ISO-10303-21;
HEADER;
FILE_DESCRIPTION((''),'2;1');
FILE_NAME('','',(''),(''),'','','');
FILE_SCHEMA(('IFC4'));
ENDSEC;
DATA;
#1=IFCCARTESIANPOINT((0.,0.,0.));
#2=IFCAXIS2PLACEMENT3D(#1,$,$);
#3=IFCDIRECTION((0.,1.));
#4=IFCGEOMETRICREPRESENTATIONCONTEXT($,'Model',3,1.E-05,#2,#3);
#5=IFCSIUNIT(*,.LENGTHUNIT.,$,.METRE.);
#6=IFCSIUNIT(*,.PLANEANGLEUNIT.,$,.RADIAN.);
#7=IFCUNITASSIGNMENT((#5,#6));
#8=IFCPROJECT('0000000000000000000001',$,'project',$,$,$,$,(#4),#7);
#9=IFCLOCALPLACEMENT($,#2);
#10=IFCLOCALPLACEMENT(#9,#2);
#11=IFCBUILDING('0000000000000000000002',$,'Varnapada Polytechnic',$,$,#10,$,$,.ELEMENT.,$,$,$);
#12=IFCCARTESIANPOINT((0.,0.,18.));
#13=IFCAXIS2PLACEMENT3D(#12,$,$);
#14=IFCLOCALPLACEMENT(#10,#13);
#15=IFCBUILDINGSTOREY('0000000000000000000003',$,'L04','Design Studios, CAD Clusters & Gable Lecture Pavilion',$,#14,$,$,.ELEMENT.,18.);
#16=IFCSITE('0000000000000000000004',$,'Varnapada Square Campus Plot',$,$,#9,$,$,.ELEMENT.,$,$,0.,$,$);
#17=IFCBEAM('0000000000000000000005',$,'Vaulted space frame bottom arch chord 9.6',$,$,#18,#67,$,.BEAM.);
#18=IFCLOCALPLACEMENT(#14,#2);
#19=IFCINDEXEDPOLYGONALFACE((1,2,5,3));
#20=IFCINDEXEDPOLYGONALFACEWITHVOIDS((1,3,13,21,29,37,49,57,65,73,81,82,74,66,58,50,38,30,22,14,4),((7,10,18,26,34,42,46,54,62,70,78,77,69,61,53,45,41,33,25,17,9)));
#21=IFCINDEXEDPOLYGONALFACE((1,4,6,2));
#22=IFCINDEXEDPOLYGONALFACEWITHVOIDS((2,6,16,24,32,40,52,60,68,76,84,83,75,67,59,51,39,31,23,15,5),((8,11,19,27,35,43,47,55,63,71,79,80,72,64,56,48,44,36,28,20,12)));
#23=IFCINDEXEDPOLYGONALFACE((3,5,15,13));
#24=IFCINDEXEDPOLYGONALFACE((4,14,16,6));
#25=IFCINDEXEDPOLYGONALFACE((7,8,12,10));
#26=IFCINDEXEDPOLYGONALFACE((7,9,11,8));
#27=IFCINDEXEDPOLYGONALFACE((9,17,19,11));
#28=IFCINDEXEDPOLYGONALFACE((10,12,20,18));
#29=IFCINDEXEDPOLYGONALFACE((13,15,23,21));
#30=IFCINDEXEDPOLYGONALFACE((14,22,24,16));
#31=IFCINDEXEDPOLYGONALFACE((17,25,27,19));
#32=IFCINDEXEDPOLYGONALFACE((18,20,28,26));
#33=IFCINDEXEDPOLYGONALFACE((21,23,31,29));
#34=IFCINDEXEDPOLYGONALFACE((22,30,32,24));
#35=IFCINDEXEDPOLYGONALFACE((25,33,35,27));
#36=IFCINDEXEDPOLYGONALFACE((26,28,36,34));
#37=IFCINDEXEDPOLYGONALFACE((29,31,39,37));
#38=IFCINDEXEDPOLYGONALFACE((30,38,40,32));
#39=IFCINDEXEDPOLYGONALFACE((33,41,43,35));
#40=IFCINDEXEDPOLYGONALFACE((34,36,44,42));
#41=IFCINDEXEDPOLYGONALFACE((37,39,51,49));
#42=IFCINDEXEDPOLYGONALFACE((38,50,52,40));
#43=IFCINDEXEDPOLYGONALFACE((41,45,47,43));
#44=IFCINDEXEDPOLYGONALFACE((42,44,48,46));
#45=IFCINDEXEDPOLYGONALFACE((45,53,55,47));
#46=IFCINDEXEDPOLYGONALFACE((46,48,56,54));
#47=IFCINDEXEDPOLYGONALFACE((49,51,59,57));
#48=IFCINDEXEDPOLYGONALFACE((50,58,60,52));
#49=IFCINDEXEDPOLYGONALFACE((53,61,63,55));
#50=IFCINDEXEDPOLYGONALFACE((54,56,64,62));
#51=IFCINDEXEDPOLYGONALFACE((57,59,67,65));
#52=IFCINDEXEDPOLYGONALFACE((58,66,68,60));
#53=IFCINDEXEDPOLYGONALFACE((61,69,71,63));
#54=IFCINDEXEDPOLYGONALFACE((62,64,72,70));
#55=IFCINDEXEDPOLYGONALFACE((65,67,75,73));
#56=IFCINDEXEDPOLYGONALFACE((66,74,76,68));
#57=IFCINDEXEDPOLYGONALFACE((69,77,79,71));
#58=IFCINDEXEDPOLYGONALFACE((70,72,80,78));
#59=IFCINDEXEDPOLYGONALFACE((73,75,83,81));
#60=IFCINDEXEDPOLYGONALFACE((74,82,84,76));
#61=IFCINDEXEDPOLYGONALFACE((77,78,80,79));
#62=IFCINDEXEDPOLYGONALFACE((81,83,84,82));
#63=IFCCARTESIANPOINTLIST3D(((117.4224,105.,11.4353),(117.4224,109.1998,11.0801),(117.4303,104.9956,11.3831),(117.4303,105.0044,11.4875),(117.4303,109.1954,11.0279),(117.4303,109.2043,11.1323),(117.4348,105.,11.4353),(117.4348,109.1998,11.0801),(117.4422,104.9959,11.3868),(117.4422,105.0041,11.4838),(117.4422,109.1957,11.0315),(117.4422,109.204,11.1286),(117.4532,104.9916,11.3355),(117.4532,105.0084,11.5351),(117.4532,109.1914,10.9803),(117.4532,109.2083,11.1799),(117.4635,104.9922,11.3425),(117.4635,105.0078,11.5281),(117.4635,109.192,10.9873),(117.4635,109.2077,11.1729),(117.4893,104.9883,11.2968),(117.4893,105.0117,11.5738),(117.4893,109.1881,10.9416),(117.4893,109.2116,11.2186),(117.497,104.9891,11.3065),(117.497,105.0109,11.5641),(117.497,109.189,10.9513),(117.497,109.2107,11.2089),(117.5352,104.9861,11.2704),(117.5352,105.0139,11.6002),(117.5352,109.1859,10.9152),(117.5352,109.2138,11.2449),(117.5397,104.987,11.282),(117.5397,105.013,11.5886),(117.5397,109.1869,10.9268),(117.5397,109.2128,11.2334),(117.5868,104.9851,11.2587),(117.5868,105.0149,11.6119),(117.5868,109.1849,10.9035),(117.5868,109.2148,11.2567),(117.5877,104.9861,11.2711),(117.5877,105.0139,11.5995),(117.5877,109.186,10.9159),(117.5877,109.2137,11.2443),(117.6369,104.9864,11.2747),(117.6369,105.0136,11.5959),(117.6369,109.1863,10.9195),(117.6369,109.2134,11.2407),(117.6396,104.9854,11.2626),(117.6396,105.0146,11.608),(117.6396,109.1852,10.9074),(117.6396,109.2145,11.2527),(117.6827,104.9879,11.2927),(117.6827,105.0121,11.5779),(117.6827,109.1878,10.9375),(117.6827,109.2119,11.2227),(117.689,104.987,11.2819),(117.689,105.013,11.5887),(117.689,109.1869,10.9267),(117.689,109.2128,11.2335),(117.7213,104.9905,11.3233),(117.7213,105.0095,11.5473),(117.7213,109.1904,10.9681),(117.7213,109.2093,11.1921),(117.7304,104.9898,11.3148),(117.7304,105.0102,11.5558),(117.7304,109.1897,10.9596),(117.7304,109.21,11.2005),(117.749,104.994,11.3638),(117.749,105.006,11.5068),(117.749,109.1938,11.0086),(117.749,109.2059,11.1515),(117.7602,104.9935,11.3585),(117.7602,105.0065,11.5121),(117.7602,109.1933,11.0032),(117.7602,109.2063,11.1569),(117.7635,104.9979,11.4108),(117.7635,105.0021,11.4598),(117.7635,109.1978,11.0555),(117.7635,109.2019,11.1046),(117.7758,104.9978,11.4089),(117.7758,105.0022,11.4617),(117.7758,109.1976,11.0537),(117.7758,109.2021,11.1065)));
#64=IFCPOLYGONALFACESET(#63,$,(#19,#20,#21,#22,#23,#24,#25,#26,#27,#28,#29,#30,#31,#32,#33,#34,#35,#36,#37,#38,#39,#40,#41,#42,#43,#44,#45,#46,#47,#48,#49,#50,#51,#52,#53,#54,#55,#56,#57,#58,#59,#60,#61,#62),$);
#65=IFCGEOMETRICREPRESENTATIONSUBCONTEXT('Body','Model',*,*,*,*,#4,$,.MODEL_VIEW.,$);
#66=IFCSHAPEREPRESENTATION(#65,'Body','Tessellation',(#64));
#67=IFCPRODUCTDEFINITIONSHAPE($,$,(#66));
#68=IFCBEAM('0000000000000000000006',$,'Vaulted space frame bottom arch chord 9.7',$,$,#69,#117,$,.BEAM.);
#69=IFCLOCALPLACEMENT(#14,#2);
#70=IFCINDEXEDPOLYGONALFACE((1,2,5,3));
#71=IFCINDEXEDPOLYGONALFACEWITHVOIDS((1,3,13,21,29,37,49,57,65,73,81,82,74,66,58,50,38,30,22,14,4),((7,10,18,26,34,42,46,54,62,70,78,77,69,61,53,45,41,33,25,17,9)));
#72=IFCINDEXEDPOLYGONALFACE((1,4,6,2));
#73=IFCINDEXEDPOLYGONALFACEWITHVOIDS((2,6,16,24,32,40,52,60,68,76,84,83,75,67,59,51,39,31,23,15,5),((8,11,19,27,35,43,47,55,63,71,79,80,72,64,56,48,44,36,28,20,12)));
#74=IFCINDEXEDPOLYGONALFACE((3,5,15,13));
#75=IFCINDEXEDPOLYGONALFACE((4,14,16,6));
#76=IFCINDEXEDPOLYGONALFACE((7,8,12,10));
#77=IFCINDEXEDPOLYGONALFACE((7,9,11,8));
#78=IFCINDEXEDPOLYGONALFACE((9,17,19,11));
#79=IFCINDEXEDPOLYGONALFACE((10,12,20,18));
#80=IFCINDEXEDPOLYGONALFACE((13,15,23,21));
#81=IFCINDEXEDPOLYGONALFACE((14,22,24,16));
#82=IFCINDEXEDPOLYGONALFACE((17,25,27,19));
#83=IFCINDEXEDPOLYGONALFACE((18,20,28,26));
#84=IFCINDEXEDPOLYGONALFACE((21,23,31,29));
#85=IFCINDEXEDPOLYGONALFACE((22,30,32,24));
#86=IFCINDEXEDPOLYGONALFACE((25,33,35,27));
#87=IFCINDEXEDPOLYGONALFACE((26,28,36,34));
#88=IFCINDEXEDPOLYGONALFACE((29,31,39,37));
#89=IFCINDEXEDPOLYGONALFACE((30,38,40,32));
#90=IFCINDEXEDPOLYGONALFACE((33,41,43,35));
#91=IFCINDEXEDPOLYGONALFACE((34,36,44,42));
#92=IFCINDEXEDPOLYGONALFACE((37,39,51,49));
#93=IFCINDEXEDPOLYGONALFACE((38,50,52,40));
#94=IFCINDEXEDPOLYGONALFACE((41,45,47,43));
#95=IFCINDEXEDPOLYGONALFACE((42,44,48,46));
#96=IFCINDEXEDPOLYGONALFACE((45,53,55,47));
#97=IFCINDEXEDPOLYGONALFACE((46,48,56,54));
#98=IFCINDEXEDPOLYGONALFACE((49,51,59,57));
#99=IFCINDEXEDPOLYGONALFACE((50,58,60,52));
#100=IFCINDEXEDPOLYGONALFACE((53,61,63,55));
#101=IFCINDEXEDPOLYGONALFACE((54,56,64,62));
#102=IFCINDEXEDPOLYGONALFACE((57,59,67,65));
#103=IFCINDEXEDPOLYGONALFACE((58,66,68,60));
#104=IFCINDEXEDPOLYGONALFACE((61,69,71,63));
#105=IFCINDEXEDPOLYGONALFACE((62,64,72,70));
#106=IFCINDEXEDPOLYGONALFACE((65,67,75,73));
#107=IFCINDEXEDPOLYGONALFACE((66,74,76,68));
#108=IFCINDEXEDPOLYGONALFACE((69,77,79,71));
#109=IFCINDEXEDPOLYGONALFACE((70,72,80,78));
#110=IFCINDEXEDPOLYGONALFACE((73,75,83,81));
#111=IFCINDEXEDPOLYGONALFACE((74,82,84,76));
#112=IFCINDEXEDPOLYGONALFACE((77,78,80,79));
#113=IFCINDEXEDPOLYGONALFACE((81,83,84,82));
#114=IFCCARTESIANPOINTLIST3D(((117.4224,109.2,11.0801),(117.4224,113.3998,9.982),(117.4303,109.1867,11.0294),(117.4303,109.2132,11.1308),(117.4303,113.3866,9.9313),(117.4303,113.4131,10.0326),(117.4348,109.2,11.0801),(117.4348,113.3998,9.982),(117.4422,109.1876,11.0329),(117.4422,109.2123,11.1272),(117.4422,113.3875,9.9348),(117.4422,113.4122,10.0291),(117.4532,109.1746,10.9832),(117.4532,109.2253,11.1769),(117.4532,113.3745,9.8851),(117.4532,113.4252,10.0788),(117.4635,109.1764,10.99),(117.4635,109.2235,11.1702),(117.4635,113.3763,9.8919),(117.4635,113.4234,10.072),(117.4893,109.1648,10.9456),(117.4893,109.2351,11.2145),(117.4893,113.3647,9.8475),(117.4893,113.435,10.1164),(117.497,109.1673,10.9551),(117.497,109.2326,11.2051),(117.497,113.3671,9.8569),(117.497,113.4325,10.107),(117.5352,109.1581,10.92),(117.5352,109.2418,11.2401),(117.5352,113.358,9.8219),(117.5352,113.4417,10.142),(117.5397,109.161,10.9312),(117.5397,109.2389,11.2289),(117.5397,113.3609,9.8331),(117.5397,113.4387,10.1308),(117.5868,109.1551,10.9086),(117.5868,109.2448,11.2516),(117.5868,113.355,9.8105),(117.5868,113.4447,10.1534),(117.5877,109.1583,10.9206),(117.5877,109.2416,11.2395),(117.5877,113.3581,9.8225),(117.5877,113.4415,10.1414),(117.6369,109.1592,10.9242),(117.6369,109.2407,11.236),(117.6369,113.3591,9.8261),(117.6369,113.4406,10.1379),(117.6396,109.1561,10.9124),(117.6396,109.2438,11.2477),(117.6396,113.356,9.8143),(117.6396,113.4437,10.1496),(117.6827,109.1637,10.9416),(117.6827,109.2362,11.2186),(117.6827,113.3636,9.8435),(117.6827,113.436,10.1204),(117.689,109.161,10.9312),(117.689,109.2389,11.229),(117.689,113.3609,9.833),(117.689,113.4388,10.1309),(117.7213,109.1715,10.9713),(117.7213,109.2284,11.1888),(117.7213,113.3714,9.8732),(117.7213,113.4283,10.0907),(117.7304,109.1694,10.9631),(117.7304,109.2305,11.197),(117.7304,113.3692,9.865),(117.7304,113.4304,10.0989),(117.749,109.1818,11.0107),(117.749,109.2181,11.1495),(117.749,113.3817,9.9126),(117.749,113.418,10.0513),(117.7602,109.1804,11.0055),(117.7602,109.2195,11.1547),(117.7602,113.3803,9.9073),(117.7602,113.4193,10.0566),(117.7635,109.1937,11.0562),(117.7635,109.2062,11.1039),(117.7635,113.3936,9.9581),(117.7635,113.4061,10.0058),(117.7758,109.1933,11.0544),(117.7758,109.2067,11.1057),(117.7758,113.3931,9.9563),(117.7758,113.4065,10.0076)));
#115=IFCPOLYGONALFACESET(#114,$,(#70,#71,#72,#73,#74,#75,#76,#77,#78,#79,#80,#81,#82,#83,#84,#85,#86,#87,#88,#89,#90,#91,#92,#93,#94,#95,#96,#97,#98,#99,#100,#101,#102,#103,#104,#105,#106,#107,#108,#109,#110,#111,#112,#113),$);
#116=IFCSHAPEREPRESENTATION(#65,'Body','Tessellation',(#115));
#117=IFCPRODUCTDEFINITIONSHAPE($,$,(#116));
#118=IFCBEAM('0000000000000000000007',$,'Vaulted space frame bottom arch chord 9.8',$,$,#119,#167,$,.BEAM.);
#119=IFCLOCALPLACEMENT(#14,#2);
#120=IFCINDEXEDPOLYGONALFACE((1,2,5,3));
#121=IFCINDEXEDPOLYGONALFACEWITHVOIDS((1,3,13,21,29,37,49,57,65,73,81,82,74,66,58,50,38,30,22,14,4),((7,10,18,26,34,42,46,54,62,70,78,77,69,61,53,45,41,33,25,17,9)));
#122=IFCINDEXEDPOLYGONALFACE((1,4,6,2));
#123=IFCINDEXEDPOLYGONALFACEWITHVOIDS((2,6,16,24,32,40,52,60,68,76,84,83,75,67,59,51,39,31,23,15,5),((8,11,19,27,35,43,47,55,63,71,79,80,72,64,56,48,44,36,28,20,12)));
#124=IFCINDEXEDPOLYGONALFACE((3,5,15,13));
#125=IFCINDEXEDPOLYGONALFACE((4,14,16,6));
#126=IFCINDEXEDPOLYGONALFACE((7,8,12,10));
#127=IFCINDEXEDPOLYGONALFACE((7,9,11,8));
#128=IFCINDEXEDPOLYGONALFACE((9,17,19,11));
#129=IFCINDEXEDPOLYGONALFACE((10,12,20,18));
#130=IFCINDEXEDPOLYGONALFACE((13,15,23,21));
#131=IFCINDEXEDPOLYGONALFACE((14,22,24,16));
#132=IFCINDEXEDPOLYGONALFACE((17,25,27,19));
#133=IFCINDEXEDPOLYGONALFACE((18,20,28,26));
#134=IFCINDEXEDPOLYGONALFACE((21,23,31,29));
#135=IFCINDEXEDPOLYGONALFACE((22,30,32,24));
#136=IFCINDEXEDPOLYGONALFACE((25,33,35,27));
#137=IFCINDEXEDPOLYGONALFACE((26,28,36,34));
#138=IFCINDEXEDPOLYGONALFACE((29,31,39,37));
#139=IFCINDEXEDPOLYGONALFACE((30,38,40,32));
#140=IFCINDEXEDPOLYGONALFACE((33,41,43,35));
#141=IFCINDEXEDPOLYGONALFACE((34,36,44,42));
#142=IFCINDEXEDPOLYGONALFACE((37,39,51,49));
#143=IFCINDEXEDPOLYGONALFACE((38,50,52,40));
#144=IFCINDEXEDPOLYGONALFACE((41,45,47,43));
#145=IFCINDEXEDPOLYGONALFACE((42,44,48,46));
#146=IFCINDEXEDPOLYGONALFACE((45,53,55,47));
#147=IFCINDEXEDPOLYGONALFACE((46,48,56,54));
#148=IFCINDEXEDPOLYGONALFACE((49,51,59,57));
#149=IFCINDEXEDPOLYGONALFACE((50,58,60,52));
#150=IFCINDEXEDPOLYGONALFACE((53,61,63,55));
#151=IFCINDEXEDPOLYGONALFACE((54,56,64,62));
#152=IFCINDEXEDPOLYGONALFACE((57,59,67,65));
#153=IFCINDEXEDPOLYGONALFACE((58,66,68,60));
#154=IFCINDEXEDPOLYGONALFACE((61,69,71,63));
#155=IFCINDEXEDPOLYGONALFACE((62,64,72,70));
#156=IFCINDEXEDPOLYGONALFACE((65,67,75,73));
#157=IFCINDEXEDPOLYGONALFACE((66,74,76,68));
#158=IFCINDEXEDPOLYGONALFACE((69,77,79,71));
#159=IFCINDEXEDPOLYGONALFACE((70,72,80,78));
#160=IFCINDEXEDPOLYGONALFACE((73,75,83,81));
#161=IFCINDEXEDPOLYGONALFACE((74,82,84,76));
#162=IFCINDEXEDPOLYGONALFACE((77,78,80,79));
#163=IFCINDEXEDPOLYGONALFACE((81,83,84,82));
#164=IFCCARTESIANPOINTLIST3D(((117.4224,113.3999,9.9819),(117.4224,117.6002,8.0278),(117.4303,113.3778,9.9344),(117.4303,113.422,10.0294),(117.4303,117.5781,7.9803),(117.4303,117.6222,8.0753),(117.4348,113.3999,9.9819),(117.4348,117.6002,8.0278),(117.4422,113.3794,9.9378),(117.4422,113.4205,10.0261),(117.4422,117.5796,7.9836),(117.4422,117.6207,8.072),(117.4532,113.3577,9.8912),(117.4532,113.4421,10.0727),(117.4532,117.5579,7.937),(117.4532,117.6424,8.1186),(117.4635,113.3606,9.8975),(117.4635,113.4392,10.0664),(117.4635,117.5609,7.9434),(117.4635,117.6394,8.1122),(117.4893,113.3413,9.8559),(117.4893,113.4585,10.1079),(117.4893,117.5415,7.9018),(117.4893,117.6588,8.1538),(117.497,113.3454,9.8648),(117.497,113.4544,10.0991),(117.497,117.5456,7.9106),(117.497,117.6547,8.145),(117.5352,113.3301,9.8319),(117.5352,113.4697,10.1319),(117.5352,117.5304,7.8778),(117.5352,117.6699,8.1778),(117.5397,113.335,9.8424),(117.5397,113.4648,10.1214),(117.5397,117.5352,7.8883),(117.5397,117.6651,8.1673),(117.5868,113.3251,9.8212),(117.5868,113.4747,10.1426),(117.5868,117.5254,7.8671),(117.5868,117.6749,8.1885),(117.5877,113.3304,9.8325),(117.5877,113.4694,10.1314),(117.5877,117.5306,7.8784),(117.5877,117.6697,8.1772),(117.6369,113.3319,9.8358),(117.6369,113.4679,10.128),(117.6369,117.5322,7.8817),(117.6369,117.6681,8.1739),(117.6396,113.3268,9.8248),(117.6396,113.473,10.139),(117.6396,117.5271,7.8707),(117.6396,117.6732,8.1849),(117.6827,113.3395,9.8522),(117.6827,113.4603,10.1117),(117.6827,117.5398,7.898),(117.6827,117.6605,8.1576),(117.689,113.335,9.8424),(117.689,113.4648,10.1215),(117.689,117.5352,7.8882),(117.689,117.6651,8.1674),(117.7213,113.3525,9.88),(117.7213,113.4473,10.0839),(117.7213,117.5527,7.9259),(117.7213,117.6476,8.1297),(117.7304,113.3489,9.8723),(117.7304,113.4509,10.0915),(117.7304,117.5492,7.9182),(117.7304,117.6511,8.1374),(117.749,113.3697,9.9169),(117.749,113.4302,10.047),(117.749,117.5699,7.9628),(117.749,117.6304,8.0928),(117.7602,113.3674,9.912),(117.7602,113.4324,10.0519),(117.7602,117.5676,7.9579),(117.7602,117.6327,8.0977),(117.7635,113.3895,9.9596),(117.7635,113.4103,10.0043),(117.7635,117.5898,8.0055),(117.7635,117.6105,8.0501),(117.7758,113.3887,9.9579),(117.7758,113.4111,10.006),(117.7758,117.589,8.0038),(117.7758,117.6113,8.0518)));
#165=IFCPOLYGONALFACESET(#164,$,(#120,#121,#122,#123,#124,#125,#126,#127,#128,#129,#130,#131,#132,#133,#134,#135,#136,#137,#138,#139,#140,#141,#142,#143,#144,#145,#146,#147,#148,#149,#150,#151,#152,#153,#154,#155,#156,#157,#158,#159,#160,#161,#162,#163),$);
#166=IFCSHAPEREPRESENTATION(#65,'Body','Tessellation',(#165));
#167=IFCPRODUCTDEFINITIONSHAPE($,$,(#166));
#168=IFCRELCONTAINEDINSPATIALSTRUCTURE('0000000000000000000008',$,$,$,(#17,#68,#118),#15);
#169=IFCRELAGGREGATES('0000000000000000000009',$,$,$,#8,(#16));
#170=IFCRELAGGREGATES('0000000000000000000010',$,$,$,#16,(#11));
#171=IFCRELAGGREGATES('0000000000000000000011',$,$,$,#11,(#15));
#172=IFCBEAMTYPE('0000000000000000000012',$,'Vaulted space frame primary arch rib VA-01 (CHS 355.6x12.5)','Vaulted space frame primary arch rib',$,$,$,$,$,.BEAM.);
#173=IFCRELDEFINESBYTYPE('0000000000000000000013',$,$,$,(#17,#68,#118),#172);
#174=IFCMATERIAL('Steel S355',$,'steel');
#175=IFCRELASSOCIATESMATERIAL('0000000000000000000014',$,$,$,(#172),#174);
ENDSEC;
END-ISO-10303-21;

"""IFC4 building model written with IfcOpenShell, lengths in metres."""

from ifc_helpers import new_model, si_unit, direction, frame, origin, origin_2d, place, context, subcontext, project, spatial, hollow_circle, extrude, material, material_profile, profile_set, type_object, element, save


model = new_model("IFC4")

# Units and contexts
model_context = context("Model", 3, precision=1e-05, world=origin(), true_north=direction((0.0, 1.0)))
body_context = subcontext(model_context, "Body", "Model", "MODEL_VIEW")
ifc_project = project(units=[si_unit("LENGTHUNIT", "METRE"), si_unit("PLANEANGLEUNIT", "RADIAN")], contexts=[model_context])

# Site, building, storey
site_placement = place(None, origin())
site = spatial("IfcSite", under=ifc_project, at=site_placement, Name="Varnapada Square Campus Plot", CompositionType="ELEMENT", RefElevation=0.0)
building_placement = place(site_placement, origin())
building = spatial("IfcBuilding", under=site, at=building_placement, Name="Varnapada Polytechnic", CompositionType="ELEMENT")
storey_placement = place(building_placement, frame((0.0, 0.0, 18.0)))
storey = spatial("IfcBuildingStorey", under=building, at=storey_placement, Name="L04", Description="Design Studios, CAD Clusters & Gable Lecture Pavilion", CompositionType="ELEMENT", Elevation=18.0)

# Shared definitions
ifc_material = material(Name="Steel S355", Category="steel")

# Beams
ifc_material_profile_1 = material_profile(ifc_material, hollow_circle(Radius=0.1777, WallThickness=0.0125, at=origin_2d()), Name="CHS 355.6x12.5")
ifc_profile_set_1 = profile_set([ifc_material_profile_1], Name="Steel S355")
beam_type_1 = type_object("IfcBeamType", Name="Vaulted space frame primary arch rib VA-01 (CHS 355.6x12.5)", Description="Vaulted space frame primary arch rib", PredefinedType="BEAM", material=ifc_profile_set_1)
beam_1_placement = place(storey_placement, frame((117.6001, 105.0, 11.4353), z_axis=(0.0, 0.996442, -0.084277), x_axis=(-1.0, 0.0, 0.0)))
element("IfcBeam", 1, at=beam_1_placement, inside=storey, type_object=beam_type_1, Name="Vaulted space frame bottom arch chord 9.6", PredefinedType="BEAM", context=body_context, shape_type="SweptSolid", body=[
    extrude(hollow_circle(Radius=0.1777, WallThickness=0.0125, at=origin_2d()), origin(), (0.0, 0.0, 1.0), 4.2148),
])
beam_2_placement = place(storey_placement, frame((117.6001, 109.2, 11.0801), z_axis=(0.0, 0.967476, -0.252962), x_axis=(-1.0, 0.0, 0.0)))
element("IfcBeam", 2, at=beam_2_placement, inside=storey, type_object=beam_type_1, Name="Vaulted space frame bottom arch chord 9.7", PredefinedType="BEAM", context=body_context, shape_type="SweptSolid", body=[
    extrude(hollow_circle(Radius=0.1777, WallThickness=0.0125, at=origin_2d()), origin(), (0.0, 0.0, 1.0), 4.3411),
])
beam_3_placement = place(storey_placement, frame((117.6001, 113.3999, 9.9819), z_axis=(0.0, 0.906678, -0.421823), x_axis=(-1.0, 0.0, 0.0)))
element("IfcBeam", 3, at=beam_3_placement, inside=storey, type_object=beam_type_1, Name="Vaulted space frame bottom arch chord 9.8", PredefinedType="BEAM", context=body_context, shape_type="SweptSolid", body=[
    extrude(hollow_circle(Radius=0.1777, WallThickness=0.0125, at=origin_2d()), origin(), (0.0, 0.0, 1.0), 4.6326),
])

save(model, "model.ifc")
